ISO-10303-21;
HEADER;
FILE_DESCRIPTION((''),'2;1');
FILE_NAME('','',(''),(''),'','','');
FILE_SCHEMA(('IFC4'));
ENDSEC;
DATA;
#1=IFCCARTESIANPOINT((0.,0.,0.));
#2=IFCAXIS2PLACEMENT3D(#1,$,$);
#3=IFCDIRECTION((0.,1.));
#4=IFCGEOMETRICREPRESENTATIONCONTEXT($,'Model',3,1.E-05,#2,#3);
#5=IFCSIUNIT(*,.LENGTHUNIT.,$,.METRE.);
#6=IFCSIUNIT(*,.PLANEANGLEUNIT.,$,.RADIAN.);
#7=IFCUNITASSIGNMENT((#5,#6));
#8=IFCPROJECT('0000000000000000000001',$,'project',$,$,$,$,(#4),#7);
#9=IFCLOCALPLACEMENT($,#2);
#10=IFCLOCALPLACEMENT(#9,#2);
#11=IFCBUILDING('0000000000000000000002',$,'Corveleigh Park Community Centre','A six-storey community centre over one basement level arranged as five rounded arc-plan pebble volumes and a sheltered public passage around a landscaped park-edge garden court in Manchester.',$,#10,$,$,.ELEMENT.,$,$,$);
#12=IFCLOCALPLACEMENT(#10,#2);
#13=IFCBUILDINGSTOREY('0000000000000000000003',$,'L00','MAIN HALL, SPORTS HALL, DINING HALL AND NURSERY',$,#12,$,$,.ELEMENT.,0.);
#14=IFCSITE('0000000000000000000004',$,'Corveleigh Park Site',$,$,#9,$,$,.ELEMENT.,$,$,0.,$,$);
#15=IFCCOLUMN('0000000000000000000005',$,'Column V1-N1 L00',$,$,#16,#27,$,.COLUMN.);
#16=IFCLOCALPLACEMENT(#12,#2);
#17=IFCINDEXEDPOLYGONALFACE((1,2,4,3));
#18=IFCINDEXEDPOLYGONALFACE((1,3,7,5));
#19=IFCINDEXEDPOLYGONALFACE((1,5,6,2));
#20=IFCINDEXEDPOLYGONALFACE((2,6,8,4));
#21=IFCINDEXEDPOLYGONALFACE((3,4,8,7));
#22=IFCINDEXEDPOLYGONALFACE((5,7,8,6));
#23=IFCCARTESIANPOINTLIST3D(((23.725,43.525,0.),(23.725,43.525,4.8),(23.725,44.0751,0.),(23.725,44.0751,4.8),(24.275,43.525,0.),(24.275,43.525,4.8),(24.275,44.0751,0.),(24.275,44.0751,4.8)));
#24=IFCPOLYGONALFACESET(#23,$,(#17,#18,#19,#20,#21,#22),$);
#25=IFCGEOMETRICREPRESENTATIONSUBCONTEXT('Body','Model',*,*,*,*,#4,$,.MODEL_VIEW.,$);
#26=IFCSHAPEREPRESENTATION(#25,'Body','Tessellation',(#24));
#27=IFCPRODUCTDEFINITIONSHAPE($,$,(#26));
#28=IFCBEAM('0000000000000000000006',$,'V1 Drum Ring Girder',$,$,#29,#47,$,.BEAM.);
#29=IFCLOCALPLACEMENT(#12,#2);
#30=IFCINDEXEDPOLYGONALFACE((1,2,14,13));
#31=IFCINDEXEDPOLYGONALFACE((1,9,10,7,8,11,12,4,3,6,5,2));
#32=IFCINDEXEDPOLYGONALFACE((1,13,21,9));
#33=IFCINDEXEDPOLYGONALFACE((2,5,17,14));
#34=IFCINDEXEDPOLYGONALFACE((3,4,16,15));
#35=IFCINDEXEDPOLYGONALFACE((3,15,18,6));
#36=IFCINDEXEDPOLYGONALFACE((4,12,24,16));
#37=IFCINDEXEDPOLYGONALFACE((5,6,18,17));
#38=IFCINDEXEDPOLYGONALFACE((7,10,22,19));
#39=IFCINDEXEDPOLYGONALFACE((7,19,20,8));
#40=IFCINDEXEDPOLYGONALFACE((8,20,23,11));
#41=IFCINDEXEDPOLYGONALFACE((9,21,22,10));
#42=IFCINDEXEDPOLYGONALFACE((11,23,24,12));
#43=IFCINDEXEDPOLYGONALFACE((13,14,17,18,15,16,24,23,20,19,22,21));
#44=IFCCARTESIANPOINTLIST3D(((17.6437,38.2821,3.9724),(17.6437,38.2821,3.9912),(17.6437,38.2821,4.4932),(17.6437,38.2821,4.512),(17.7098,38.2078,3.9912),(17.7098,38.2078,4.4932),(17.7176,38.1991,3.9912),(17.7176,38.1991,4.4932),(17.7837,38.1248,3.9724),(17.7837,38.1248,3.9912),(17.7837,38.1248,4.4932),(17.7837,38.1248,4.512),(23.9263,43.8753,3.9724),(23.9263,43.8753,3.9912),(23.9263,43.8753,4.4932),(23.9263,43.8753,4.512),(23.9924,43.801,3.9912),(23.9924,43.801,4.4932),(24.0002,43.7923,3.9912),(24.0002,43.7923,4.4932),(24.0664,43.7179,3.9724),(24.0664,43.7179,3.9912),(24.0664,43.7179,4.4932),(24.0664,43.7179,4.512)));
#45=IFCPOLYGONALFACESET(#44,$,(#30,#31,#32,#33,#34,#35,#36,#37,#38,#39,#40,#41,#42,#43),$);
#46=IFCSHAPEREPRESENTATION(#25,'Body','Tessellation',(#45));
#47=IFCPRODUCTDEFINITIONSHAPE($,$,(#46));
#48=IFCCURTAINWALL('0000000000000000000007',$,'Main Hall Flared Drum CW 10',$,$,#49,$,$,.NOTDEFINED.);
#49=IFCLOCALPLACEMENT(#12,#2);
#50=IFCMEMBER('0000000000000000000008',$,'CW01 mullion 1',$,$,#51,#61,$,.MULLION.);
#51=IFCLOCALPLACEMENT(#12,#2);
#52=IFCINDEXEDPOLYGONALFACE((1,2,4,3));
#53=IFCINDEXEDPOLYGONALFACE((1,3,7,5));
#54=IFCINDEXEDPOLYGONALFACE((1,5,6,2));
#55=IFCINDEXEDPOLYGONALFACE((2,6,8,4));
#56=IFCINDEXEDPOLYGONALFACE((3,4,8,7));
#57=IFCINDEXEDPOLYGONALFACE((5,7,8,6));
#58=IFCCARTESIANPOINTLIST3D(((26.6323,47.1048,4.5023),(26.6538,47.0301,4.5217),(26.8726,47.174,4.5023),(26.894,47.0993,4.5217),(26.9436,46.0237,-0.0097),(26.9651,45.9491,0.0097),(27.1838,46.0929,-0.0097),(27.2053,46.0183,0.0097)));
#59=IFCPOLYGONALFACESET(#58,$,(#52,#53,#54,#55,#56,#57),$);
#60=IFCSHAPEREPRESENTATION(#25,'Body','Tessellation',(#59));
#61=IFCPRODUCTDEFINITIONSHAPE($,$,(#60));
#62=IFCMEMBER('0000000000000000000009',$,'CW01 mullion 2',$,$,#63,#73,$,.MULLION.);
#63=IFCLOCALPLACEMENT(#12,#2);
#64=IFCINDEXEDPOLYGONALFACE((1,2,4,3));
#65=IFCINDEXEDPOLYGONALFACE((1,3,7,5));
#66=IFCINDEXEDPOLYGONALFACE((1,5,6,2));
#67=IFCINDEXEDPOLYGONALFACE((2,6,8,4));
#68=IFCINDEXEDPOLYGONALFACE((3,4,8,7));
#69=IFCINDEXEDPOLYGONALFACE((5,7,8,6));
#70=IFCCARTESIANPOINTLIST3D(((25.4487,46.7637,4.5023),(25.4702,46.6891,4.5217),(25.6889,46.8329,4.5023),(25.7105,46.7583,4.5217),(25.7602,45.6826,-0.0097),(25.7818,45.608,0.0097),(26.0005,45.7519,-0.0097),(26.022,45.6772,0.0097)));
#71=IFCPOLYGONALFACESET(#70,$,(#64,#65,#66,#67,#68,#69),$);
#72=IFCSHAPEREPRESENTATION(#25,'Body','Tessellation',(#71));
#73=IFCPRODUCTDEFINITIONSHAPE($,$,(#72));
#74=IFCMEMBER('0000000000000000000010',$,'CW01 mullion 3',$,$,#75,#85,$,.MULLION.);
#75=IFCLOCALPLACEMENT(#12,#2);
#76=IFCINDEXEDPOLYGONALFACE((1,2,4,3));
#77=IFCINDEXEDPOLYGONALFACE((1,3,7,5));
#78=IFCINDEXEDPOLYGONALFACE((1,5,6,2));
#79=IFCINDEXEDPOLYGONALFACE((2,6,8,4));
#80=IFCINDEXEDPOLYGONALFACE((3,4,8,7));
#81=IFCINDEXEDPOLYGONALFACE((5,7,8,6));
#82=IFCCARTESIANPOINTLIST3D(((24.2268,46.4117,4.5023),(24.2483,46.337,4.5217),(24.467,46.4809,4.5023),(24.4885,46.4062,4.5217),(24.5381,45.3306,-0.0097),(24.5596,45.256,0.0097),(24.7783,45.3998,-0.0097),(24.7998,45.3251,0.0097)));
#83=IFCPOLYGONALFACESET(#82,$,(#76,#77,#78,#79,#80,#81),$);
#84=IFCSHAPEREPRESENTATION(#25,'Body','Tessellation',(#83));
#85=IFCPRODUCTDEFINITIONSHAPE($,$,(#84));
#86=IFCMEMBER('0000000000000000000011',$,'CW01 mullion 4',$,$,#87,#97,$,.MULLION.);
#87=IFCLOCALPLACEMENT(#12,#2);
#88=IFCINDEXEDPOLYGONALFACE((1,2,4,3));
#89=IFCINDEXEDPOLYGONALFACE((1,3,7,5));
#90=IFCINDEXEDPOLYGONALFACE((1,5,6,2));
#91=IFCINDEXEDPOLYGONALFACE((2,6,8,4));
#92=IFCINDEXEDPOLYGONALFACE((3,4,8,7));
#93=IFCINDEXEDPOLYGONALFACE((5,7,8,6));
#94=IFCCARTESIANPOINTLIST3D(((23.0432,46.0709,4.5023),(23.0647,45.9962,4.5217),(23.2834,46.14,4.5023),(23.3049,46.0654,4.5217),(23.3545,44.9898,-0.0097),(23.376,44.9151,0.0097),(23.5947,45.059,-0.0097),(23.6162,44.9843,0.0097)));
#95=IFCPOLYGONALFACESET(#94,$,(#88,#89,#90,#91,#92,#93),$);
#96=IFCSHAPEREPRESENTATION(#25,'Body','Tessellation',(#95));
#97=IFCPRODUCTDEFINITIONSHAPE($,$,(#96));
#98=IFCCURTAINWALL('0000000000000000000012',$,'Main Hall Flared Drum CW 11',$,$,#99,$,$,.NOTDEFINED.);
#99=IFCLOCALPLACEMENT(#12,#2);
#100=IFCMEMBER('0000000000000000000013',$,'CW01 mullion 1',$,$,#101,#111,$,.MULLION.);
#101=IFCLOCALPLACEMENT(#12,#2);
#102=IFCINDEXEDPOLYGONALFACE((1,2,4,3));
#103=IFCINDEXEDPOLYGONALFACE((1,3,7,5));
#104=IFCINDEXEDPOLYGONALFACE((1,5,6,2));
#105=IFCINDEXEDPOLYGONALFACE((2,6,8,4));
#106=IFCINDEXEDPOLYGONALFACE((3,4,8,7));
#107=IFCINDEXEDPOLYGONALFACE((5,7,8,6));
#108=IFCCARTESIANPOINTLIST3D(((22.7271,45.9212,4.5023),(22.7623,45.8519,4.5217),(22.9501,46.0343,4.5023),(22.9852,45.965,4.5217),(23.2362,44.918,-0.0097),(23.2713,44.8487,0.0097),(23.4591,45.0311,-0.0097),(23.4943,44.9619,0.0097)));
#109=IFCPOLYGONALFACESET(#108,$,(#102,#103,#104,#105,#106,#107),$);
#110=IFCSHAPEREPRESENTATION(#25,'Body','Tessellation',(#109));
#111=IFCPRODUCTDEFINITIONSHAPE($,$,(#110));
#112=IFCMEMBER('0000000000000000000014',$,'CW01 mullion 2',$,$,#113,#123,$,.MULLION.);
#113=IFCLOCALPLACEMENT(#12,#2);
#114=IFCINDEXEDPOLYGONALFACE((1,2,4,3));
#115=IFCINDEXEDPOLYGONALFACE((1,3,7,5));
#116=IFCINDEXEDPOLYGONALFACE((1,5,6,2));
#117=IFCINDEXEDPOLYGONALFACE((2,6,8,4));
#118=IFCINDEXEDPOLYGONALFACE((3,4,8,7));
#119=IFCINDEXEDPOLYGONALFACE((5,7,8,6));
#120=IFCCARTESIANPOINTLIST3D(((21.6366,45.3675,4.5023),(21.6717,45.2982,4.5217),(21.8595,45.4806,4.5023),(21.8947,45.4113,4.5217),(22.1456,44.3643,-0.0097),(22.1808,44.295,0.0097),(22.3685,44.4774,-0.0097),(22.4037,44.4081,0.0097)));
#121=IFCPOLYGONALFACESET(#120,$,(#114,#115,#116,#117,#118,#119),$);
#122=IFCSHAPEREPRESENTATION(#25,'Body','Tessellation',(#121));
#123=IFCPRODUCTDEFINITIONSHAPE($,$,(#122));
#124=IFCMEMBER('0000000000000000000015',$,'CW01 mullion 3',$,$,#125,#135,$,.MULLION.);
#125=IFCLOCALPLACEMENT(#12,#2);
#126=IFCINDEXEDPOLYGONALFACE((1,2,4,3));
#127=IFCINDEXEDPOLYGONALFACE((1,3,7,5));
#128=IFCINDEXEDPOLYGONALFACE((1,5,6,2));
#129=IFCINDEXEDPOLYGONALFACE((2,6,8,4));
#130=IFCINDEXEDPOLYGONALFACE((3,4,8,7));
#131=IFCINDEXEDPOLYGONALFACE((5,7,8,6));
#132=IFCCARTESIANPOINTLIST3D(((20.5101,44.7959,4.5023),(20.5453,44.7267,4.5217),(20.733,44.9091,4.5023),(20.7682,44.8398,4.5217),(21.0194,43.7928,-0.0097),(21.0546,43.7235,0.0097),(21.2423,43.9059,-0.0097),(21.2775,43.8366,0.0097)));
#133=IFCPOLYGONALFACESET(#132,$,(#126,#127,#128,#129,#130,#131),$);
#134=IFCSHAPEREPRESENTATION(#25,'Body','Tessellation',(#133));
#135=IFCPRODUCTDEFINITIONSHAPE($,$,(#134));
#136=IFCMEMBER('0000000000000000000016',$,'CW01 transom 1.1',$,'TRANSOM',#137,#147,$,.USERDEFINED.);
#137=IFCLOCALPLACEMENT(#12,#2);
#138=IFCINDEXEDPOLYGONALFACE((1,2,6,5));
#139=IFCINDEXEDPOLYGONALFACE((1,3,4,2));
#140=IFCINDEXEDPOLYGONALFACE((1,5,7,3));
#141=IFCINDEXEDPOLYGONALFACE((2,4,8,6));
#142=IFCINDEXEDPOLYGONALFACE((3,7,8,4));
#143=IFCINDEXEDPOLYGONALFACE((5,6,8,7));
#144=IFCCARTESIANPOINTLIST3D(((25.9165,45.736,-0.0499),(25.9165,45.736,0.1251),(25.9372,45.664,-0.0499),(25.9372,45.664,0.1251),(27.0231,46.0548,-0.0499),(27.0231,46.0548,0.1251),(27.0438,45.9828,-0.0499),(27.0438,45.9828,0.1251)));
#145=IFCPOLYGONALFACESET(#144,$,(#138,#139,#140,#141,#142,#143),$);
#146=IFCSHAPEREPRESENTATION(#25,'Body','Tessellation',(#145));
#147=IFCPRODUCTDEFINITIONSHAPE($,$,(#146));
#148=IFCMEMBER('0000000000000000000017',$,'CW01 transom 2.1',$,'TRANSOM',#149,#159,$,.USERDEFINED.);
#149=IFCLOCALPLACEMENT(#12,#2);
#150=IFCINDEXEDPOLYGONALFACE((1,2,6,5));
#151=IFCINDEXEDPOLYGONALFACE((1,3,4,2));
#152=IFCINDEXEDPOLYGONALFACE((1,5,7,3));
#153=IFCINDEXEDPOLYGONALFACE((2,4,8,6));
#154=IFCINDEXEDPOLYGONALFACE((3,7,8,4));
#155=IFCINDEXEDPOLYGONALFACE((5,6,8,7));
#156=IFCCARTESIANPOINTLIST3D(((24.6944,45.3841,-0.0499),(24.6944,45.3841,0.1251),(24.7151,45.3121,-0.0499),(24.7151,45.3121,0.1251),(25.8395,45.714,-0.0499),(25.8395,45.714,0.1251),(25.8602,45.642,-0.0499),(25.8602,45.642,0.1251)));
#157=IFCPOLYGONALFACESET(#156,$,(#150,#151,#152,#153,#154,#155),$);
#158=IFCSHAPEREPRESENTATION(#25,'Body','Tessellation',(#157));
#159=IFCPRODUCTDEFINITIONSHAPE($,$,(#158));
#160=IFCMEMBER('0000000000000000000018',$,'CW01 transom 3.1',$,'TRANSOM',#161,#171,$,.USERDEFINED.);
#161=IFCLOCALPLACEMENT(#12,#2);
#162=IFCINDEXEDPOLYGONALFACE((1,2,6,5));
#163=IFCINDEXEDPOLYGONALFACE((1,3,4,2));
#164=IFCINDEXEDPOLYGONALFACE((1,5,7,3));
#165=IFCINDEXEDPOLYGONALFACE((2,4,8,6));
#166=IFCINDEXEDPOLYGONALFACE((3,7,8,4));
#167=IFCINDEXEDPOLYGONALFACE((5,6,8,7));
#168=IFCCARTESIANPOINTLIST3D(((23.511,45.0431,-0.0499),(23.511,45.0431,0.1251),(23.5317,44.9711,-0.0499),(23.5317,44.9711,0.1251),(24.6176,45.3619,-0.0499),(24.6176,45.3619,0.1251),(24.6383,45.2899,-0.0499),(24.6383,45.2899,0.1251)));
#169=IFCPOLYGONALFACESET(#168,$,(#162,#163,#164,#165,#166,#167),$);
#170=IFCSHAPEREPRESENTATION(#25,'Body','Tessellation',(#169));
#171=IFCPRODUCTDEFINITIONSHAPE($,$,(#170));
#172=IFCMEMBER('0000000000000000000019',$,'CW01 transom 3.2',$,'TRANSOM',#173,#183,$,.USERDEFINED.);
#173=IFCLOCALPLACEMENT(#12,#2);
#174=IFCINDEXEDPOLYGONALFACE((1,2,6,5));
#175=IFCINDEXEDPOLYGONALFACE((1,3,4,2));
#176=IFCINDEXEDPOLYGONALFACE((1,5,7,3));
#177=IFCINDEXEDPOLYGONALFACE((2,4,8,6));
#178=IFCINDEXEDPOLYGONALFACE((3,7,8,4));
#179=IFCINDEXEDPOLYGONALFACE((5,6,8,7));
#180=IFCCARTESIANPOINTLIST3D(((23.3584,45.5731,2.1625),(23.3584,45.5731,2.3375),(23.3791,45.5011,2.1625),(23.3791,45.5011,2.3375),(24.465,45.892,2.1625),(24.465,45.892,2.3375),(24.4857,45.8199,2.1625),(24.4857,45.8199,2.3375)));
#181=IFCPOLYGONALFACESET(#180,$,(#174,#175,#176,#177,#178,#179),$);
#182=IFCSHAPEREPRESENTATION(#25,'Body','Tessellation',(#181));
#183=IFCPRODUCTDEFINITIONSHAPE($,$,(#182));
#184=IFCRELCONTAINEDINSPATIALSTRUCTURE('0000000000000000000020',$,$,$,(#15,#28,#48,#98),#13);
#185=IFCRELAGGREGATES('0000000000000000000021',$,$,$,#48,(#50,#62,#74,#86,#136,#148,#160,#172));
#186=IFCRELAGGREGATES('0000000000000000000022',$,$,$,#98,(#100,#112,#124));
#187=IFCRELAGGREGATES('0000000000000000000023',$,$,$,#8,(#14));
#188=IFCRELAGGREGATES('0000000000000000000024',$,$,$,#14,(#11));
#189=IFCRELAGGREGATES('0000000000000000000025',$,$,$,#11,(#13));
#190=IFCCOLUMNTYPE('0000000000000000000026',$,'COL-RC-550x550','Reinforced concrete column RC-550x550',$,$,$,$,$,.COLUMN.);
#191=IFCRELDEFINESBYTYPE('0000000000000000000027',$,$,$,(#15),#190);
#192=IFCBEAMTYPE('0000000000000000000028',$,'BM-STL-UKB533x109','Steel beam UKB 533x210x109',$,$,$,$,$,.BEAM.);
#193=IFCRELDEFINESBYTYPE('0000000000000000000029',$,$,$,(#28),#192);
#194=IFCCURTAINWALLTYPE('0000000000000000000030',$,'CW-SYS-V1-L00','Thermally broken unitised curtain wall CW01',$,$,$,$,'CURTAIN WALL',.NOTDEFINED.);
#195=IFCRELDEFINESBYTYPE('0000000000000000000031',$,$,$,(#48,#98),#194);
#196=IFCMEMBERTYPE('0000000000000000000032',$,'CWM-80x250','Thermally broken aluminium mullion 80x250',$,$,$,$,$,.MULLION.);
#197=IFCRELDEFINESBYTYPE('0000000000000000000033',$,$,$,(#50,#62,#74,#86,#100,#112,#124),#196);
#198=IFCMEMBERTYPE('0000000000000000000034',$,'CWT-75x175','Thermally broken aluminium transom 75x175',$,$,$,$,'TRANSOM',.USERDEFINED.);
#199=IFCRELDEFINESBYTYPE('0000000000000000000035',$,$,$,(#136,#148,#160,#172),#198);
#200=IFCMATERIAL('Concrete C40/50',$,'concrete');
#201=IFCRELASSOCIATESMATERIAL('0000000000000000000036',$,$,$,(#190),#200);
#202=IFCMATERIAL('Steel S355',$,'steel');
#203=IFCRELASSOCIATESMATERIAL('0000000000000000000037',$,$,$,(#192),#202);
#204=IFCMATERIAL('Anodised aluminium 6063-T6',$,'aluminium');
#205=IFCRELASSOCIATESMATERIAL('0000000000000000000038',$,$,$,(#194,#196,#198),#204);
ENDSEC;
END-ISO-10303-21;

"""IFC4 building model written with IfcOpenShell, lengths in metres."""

from ifc_helpers import new_model, si_unit, direction, frame, origin, origin_2d, place, context, subcontext, project, spatial, rectangle, i_section, extrude, material, material_profile, profile_set, type_object, element, aggregate, save


model = new_model("IFC4")

# Units and contexts
model_context = context("Model", 3, precision=1e-05, world=origin(), true_north=direction((0.0, 1.0)))
body_context = subcontext(model_context, "Body", "Model", "MODEL_VIEW")
ifc_project = project(units=[si_unit("LENGTHUNIT", "METRE"), si_unit("PLANEANGLEUNIT", "RADIAN")], contexts=[model_context])

# Site, building, storey
site_placement = place(None, origin())
site = spatial("IfcSite", under=ifc_project, at=site_placement, Name="Corveleigh Park Site", CompositionType="ELEMENT", RefElevation=0.0)
building_placement = place(site_placement, origin())
building = spatial("IfcBuilding", under=site, at=building_placement, Name="Corveleigh Park Community Centre", Description="A six-storey community centre over one basement level arranged as five rounded arc-plan pebble volumes and a sheltered public passage around a landscaped park-edge garden court in Manchester.", CompositionType="ELEMENT")
storey_placement = place(building_placement, origin())
storey = spatial("IfcBuildingStorey", under=building, at=storey_placement, Name="L00", Description="MAIN HALL, SPORTS HALL, DINING HALL AND NURSERY", CompositionType="ELEMENT", Elevation=0.0)

# Column
ifc_material_1 = material(Name="Concrete C40/50", Category="concrete")
ifc_material_profile_1 = material_profile(ifc_material_1, rectangle(XDim=0.55, YDim=0.55, at=origin_2d()), Name="RC-550x550", Category="concrete")
ifc_profile_set_1 = profile_set([ifc_material_profile_1], Name="Concrete C40/50")
column_type = type_object("IfcColumnType", Name="COL-RC-550x550", Description="Reinforced concrete column RC-550x550", PredefinedType="COLUMN", material=ifc_profile_set_1)
column_placement = place(storey_placement, frame((24.0, 43.8, 0.0), z_axis=(0.0, 0.0, 1.0), x_axis=(1.0, 0.0, 0.0)))
element("IfcColumn", 1, at=column_placement, inside=storey, type_object=column_type, Name="Column V1-N1 L00", PredefinedType="COLUMN", context=body_context, shape_type="SweptSolid", body=[
    extrude(rectangle(XDim=0.55, YDim=0.55, at=origin_2d()), origin(), (0.0, 0.0, 1.0), 4.8),
])

# Beam
ifc_material_2 = material(Name="Steel S355", Category="steel")
ifc_material_profile_2 = material_profile(ifc_material_2, i_section(OverallWidth=0.2107, OverallDepth=0.5396, WebThickness=0.0117, FlangeThickness=0.0188, at=origin_2d()), Name="UKB 533x210x109", Category="steel")
ifc_profile_set_2 = profile_set([ifc_material_profile_2], Name="Steel S355")
beam_type = type_object("IfcBeamType", Name="BM-STL-UKB533x109", Description="Steel beam UKB 533x210x109", PredefinedType="BEAM", material=ifc_profile_set_2)
beam_placement = place(storey_placement, frame((23.9963, 43.7966, 4.2422), z_axis=(-0.7469, -0.664937, 0.0), x_axis=(0.664937, -0.7469, 0.0)))
element("IfcBeam", 2, at=beam_placement, inside=storey, type_object=beam_type, Name="V1 Drum Ring Girder", PredefinedType="BEAM", context=body_context, shape_type="SweptSolid", body=[
    extrude(i_section(OverallWidth=0.2107, OverallDepth=0.5396, WebThickness=0.0117, FlangeThickness=0.0188, at=origin_2d()), origin(), (0.0, 0.0, 1.0), 8.4116),
])

# Curtain walls, members
ifc_material_3 = material(Name="Anodised aluminium 6063-T6", Category="aluminium")
curtain_wall_type = type_object("IfcCurtainWallType", Name="CW-SYS-V1-L00", Description="Thermally broken unitised curtain wall CW01", ElementType="CURTAIN WALL", PredefinedType="NOTDEFINED", material=ifc_material_3)
curtain_wall_1_placement = place(storey_placement, origin())
curtain_wall_1 = element("IfcCurtainWall", 3, at=curtain_wall_1_placement, inside=storey, type_object=curtain_wall_type, Name="Main Hall Flared Drum CW 10", PredefinedType="NOTDEFINED")
ifc_material_profile_3 = material_profile(ifc_material_3, rectangle(XDim=0.0801, YDim=0.25, at=origin_2d()), Name="ALU-M80x250", Category="aluminium")
ifc_profile_set_3 = profile_set([ifc_material_profile_3], Name="Anodised aluminium 6063-T6")
member_type_1 = type_object("IfcMemberType", Name="CWM-80x250", Description="Thermally broken aluminium mullion 80x250", PredefinedType="MULLION", material=ifc_profile_set_3)
member_1_placement = place(storey_placement, frame((27.0745, 46.021, 0.0), z_axis=(-0.06694, 0.23248, 0.970295), x_axis=(0.268479, -0.932411, 0.241926)))
member_1 = element("IfcMember", 4, at=member_1_placement, type_object=member_type_1, Name="CW01 mullion 1", PredefinedType="MULLION", context=body_context, shape_type="SweptSolid", body=[
    extrude(rectangle(XDim=0.0801, YDim=0.25, at=origin_2d()), origin(), (0.0, 0.0, 1.0), 4.6501),
])
member_2_placement = place(storey_placement, frame((25.8911, 45.6799, 0.0), z_axis=(-0.066993, 0.232479, 0.970291), x_axis=(0.268672, -0.932352, 0.241939)))
member_2 = element("IfcMember", 5, at=member_2_placement, type_object=member_type_1, Name="CW01 mullion 2", PredefinedType="MULLION", context=body_context, shape_type="SweptSolid", body=[
    extrude(rectangle(XDim=0.0801, YDim=0.25, at=origin_2d()), origin(), (0.0, 0.0, 1.0), 4.6501),
])
member_3_placement = place(storey_placement, frame((24.6689, 45.3279, 0.0), z_axis=(-0.06694, 0.23248, 0.970295), x_axis=(0.268479, -0.932411, 0.241926)))
member_3 = element("IfcMember", 6, at=member_3_placement, type_object=member_type_1, Name="CW01 mullion 3", PredefinedType="MULLION", context=body_context, shape_type="SweptSolid", body=[
    extrude(rectangle(XDim=0.0801, YDim=0.25, at=origin_2d()), origin(), (0.0, 0.0, 1.0), 4.6501),
])
member_4_placement = place(storey_placement, frame((23.4854, 44.9871, 0.0), z_axis=(-0.06694, 0.23248, 0.970295), x_axis=(0.268479, -0.932411, 0.241926)))
member_4 = element("IfcMember", 7, at=member_4_placement, type_object=member_type_1, Name="CW01 mullion 4", PredefinedType="MULLION", context=body_context, shape_type="SweptSolid", body=[
    extrude(rectangle(XDim=0.0801, YDim=0.25, at=origin_2d()), origin(), (0.0, 0.0, 1.0), 4.6501),
])
curtain_wall_2_placement = place(storey_placement, origin())
curtain_wall_2 = element("IfcCurtainWall", 8, at=curtain_wall_2_placement, inside=storey, type_object=curtain_wall_type, Name="Main Hall Flared Drum CW 11", PredefinedType="NOTDEFINED")
member_5_placement = place(storey_placement, frame((23.3652, 44.9399, 0.0), z_axis=(-0.109468, 0.215732, 0.970297), x_axis=(0.439061, -0.865276, 0.241917)))
member_5 = element("IfcMember", 9, at=member_5_placement, type_object=member_type_1, Name="CW01 mullion 1", PredefinedType="MULLION", context=body_context, shape_type="SweptSolid", body=[
    extrude(rectangle(XDim=0.0801, YDim=0.25, at=origin_2d()), origin(), (0.0, 0.0, 1.0), 4.6501),
])
member_6_placement = place(storey_placement, frame((22.2747, 44.3862, 0.0), z_axis=(-0.109468, 0.215732, 0.970297), x_axis=(0.439061, -0.865276, 0.241917)))
member_6 = element("IfcMember", 10, at=member_6_placement, type_object=member_type_1, Name="CW01 mullion 2", PredefinedType="MULLION", context=body_context, shape_type="SweptSolid", body=[
    extrude(rectangle(XDim=0.0801, YDim=0.25, at=origin_2d()), origin(), (0.0, 0.0, 1.0), 4.6501),
])
member_7_placement = place(storey_placement, frame((21.1484, 43.8147, 0.0), z_axis=(-0.109519, 0.215731, 0.970291), x_axis=(0.439226, -0.865186, 0.241939)))
member_7 = element("IfcMember", 11, at=member_7_placement, type_object=member_type_1, Name="CW01 mullion 3", PredefinedType="MULLION", context=body_context, shape_type="SweptSolid", body=[
    extrude(rectangle(XDim=0.0801, YDim=0.25, at=origin_2d()), origin(), (0.0, 0.0, 1.0), 4.6501),
])

# Members
ifc_material_profile_4 = material_profile(ifc_material_3, rectangle(XDim=0.075, YDim=0.175, at=origin_2d()), Name="ALU-T75x175", Category="aluminium")
ifc_profile_set_4 = profile_set([ifc_material_profile_4], Name="Anodised aluminium 6063-T6")
member_type_2 = type_object("IfcMemberType", Name="CWT-75x175", Description="Thermally broken aluminium transom 75x175", ElementType="TRANSOM", PredefinedType="USERDEFINED", material=ifc_profile_set_4)
member_8_placement = place(storey_placement, frame((27.0334, 46.0188, 0.0376), z_axis=(-0.960914, -0.276848, 0.0), x_axis=(0.276848, -0.960914, 0.0)))
member_8 = element("IfcMember", 12, at=member_8_placement, type_object=member_type_2, Name="CW01 transom 1.1", ObjectType="TRANSOM", PredefinedType="USERDEFINED", context=body_context, shape_type="SweptSolid", body=[
    extrude(rectangle(XDim=0.075, YDim=0.175, at=origin_2d()), origin(), (0.0, 0.0, 1.0), 1.1516),
])
member_9_placement = place(storey_placement, frame((25.8499, 45.678, 0.0376), z_axis=(-0.960926, -0.276804, 0.0), x_axis=(0.276804, -0.960926, 0.0)))
member_9 = element("IfcMember", 13, at=member_9_placement, type_object=member_type_2, Name="CW01 transom 2.1", ObjectType="TRANSOM", PredefinedType="USERDEFINED", context=body_context, shape_type="SweptSolid", body=[
    extrude(rectangle(XDim=0.075, YDim=0.175, at=origin_2d()), origin(), (0.0, 0.0, 1.0), 1.1917),
])
member_10_placement = place(storey_placement, frame((24.6279, 45.3259, 0.0376), z_axis=(-0.960914, -0.276848, 0.0), x_axis=(0.276848, -0.960914, 0.0)))
member_10 = element("IfcMember", 14, at=member_10_placement, type_object=member_type_2, Name="CW01 transom 3.1", ObjectType="TRANSOM", PredefinedType="USERDEFINED", context=body_context, shape_type="SweptSolid", body=[
    extrude(rectangle(XDim=0.075, YDim=0.175, at=origin_2d()), origin(), (0.0, 0.0, 1.0), 1.1516),
])
member_11_placement = place(storey_placement, frame((24.4753, 45.856, 2.25), z_axis=(-0.960914, -0.276848, 0.0), x_axis=(0.276848, -0.960914, 0.0)))
member_11 = element("IfcMember", 15, at=member_11_placement, type_object=member_type_2, Name="CW01 transom 3.2", ObjectType="TRANSOM", PredefinedType="USERDEFINED", context=body_context, shape_type="SweptSolid", body=[
    extrude(rectangle(XDim=0.075, YDim=0.175, at=origin_2d()), origin(), (0.0, 0.0, 1.0), 1.1516),
])

aggregate(curtain_wall_1, [member_1, member_2, member_3, member_4, member_8, member_9, member_10, member_11])
aggregate(curtain_wall_2, [member_5, member_6, member_7])

save(model, "model.ifc")
